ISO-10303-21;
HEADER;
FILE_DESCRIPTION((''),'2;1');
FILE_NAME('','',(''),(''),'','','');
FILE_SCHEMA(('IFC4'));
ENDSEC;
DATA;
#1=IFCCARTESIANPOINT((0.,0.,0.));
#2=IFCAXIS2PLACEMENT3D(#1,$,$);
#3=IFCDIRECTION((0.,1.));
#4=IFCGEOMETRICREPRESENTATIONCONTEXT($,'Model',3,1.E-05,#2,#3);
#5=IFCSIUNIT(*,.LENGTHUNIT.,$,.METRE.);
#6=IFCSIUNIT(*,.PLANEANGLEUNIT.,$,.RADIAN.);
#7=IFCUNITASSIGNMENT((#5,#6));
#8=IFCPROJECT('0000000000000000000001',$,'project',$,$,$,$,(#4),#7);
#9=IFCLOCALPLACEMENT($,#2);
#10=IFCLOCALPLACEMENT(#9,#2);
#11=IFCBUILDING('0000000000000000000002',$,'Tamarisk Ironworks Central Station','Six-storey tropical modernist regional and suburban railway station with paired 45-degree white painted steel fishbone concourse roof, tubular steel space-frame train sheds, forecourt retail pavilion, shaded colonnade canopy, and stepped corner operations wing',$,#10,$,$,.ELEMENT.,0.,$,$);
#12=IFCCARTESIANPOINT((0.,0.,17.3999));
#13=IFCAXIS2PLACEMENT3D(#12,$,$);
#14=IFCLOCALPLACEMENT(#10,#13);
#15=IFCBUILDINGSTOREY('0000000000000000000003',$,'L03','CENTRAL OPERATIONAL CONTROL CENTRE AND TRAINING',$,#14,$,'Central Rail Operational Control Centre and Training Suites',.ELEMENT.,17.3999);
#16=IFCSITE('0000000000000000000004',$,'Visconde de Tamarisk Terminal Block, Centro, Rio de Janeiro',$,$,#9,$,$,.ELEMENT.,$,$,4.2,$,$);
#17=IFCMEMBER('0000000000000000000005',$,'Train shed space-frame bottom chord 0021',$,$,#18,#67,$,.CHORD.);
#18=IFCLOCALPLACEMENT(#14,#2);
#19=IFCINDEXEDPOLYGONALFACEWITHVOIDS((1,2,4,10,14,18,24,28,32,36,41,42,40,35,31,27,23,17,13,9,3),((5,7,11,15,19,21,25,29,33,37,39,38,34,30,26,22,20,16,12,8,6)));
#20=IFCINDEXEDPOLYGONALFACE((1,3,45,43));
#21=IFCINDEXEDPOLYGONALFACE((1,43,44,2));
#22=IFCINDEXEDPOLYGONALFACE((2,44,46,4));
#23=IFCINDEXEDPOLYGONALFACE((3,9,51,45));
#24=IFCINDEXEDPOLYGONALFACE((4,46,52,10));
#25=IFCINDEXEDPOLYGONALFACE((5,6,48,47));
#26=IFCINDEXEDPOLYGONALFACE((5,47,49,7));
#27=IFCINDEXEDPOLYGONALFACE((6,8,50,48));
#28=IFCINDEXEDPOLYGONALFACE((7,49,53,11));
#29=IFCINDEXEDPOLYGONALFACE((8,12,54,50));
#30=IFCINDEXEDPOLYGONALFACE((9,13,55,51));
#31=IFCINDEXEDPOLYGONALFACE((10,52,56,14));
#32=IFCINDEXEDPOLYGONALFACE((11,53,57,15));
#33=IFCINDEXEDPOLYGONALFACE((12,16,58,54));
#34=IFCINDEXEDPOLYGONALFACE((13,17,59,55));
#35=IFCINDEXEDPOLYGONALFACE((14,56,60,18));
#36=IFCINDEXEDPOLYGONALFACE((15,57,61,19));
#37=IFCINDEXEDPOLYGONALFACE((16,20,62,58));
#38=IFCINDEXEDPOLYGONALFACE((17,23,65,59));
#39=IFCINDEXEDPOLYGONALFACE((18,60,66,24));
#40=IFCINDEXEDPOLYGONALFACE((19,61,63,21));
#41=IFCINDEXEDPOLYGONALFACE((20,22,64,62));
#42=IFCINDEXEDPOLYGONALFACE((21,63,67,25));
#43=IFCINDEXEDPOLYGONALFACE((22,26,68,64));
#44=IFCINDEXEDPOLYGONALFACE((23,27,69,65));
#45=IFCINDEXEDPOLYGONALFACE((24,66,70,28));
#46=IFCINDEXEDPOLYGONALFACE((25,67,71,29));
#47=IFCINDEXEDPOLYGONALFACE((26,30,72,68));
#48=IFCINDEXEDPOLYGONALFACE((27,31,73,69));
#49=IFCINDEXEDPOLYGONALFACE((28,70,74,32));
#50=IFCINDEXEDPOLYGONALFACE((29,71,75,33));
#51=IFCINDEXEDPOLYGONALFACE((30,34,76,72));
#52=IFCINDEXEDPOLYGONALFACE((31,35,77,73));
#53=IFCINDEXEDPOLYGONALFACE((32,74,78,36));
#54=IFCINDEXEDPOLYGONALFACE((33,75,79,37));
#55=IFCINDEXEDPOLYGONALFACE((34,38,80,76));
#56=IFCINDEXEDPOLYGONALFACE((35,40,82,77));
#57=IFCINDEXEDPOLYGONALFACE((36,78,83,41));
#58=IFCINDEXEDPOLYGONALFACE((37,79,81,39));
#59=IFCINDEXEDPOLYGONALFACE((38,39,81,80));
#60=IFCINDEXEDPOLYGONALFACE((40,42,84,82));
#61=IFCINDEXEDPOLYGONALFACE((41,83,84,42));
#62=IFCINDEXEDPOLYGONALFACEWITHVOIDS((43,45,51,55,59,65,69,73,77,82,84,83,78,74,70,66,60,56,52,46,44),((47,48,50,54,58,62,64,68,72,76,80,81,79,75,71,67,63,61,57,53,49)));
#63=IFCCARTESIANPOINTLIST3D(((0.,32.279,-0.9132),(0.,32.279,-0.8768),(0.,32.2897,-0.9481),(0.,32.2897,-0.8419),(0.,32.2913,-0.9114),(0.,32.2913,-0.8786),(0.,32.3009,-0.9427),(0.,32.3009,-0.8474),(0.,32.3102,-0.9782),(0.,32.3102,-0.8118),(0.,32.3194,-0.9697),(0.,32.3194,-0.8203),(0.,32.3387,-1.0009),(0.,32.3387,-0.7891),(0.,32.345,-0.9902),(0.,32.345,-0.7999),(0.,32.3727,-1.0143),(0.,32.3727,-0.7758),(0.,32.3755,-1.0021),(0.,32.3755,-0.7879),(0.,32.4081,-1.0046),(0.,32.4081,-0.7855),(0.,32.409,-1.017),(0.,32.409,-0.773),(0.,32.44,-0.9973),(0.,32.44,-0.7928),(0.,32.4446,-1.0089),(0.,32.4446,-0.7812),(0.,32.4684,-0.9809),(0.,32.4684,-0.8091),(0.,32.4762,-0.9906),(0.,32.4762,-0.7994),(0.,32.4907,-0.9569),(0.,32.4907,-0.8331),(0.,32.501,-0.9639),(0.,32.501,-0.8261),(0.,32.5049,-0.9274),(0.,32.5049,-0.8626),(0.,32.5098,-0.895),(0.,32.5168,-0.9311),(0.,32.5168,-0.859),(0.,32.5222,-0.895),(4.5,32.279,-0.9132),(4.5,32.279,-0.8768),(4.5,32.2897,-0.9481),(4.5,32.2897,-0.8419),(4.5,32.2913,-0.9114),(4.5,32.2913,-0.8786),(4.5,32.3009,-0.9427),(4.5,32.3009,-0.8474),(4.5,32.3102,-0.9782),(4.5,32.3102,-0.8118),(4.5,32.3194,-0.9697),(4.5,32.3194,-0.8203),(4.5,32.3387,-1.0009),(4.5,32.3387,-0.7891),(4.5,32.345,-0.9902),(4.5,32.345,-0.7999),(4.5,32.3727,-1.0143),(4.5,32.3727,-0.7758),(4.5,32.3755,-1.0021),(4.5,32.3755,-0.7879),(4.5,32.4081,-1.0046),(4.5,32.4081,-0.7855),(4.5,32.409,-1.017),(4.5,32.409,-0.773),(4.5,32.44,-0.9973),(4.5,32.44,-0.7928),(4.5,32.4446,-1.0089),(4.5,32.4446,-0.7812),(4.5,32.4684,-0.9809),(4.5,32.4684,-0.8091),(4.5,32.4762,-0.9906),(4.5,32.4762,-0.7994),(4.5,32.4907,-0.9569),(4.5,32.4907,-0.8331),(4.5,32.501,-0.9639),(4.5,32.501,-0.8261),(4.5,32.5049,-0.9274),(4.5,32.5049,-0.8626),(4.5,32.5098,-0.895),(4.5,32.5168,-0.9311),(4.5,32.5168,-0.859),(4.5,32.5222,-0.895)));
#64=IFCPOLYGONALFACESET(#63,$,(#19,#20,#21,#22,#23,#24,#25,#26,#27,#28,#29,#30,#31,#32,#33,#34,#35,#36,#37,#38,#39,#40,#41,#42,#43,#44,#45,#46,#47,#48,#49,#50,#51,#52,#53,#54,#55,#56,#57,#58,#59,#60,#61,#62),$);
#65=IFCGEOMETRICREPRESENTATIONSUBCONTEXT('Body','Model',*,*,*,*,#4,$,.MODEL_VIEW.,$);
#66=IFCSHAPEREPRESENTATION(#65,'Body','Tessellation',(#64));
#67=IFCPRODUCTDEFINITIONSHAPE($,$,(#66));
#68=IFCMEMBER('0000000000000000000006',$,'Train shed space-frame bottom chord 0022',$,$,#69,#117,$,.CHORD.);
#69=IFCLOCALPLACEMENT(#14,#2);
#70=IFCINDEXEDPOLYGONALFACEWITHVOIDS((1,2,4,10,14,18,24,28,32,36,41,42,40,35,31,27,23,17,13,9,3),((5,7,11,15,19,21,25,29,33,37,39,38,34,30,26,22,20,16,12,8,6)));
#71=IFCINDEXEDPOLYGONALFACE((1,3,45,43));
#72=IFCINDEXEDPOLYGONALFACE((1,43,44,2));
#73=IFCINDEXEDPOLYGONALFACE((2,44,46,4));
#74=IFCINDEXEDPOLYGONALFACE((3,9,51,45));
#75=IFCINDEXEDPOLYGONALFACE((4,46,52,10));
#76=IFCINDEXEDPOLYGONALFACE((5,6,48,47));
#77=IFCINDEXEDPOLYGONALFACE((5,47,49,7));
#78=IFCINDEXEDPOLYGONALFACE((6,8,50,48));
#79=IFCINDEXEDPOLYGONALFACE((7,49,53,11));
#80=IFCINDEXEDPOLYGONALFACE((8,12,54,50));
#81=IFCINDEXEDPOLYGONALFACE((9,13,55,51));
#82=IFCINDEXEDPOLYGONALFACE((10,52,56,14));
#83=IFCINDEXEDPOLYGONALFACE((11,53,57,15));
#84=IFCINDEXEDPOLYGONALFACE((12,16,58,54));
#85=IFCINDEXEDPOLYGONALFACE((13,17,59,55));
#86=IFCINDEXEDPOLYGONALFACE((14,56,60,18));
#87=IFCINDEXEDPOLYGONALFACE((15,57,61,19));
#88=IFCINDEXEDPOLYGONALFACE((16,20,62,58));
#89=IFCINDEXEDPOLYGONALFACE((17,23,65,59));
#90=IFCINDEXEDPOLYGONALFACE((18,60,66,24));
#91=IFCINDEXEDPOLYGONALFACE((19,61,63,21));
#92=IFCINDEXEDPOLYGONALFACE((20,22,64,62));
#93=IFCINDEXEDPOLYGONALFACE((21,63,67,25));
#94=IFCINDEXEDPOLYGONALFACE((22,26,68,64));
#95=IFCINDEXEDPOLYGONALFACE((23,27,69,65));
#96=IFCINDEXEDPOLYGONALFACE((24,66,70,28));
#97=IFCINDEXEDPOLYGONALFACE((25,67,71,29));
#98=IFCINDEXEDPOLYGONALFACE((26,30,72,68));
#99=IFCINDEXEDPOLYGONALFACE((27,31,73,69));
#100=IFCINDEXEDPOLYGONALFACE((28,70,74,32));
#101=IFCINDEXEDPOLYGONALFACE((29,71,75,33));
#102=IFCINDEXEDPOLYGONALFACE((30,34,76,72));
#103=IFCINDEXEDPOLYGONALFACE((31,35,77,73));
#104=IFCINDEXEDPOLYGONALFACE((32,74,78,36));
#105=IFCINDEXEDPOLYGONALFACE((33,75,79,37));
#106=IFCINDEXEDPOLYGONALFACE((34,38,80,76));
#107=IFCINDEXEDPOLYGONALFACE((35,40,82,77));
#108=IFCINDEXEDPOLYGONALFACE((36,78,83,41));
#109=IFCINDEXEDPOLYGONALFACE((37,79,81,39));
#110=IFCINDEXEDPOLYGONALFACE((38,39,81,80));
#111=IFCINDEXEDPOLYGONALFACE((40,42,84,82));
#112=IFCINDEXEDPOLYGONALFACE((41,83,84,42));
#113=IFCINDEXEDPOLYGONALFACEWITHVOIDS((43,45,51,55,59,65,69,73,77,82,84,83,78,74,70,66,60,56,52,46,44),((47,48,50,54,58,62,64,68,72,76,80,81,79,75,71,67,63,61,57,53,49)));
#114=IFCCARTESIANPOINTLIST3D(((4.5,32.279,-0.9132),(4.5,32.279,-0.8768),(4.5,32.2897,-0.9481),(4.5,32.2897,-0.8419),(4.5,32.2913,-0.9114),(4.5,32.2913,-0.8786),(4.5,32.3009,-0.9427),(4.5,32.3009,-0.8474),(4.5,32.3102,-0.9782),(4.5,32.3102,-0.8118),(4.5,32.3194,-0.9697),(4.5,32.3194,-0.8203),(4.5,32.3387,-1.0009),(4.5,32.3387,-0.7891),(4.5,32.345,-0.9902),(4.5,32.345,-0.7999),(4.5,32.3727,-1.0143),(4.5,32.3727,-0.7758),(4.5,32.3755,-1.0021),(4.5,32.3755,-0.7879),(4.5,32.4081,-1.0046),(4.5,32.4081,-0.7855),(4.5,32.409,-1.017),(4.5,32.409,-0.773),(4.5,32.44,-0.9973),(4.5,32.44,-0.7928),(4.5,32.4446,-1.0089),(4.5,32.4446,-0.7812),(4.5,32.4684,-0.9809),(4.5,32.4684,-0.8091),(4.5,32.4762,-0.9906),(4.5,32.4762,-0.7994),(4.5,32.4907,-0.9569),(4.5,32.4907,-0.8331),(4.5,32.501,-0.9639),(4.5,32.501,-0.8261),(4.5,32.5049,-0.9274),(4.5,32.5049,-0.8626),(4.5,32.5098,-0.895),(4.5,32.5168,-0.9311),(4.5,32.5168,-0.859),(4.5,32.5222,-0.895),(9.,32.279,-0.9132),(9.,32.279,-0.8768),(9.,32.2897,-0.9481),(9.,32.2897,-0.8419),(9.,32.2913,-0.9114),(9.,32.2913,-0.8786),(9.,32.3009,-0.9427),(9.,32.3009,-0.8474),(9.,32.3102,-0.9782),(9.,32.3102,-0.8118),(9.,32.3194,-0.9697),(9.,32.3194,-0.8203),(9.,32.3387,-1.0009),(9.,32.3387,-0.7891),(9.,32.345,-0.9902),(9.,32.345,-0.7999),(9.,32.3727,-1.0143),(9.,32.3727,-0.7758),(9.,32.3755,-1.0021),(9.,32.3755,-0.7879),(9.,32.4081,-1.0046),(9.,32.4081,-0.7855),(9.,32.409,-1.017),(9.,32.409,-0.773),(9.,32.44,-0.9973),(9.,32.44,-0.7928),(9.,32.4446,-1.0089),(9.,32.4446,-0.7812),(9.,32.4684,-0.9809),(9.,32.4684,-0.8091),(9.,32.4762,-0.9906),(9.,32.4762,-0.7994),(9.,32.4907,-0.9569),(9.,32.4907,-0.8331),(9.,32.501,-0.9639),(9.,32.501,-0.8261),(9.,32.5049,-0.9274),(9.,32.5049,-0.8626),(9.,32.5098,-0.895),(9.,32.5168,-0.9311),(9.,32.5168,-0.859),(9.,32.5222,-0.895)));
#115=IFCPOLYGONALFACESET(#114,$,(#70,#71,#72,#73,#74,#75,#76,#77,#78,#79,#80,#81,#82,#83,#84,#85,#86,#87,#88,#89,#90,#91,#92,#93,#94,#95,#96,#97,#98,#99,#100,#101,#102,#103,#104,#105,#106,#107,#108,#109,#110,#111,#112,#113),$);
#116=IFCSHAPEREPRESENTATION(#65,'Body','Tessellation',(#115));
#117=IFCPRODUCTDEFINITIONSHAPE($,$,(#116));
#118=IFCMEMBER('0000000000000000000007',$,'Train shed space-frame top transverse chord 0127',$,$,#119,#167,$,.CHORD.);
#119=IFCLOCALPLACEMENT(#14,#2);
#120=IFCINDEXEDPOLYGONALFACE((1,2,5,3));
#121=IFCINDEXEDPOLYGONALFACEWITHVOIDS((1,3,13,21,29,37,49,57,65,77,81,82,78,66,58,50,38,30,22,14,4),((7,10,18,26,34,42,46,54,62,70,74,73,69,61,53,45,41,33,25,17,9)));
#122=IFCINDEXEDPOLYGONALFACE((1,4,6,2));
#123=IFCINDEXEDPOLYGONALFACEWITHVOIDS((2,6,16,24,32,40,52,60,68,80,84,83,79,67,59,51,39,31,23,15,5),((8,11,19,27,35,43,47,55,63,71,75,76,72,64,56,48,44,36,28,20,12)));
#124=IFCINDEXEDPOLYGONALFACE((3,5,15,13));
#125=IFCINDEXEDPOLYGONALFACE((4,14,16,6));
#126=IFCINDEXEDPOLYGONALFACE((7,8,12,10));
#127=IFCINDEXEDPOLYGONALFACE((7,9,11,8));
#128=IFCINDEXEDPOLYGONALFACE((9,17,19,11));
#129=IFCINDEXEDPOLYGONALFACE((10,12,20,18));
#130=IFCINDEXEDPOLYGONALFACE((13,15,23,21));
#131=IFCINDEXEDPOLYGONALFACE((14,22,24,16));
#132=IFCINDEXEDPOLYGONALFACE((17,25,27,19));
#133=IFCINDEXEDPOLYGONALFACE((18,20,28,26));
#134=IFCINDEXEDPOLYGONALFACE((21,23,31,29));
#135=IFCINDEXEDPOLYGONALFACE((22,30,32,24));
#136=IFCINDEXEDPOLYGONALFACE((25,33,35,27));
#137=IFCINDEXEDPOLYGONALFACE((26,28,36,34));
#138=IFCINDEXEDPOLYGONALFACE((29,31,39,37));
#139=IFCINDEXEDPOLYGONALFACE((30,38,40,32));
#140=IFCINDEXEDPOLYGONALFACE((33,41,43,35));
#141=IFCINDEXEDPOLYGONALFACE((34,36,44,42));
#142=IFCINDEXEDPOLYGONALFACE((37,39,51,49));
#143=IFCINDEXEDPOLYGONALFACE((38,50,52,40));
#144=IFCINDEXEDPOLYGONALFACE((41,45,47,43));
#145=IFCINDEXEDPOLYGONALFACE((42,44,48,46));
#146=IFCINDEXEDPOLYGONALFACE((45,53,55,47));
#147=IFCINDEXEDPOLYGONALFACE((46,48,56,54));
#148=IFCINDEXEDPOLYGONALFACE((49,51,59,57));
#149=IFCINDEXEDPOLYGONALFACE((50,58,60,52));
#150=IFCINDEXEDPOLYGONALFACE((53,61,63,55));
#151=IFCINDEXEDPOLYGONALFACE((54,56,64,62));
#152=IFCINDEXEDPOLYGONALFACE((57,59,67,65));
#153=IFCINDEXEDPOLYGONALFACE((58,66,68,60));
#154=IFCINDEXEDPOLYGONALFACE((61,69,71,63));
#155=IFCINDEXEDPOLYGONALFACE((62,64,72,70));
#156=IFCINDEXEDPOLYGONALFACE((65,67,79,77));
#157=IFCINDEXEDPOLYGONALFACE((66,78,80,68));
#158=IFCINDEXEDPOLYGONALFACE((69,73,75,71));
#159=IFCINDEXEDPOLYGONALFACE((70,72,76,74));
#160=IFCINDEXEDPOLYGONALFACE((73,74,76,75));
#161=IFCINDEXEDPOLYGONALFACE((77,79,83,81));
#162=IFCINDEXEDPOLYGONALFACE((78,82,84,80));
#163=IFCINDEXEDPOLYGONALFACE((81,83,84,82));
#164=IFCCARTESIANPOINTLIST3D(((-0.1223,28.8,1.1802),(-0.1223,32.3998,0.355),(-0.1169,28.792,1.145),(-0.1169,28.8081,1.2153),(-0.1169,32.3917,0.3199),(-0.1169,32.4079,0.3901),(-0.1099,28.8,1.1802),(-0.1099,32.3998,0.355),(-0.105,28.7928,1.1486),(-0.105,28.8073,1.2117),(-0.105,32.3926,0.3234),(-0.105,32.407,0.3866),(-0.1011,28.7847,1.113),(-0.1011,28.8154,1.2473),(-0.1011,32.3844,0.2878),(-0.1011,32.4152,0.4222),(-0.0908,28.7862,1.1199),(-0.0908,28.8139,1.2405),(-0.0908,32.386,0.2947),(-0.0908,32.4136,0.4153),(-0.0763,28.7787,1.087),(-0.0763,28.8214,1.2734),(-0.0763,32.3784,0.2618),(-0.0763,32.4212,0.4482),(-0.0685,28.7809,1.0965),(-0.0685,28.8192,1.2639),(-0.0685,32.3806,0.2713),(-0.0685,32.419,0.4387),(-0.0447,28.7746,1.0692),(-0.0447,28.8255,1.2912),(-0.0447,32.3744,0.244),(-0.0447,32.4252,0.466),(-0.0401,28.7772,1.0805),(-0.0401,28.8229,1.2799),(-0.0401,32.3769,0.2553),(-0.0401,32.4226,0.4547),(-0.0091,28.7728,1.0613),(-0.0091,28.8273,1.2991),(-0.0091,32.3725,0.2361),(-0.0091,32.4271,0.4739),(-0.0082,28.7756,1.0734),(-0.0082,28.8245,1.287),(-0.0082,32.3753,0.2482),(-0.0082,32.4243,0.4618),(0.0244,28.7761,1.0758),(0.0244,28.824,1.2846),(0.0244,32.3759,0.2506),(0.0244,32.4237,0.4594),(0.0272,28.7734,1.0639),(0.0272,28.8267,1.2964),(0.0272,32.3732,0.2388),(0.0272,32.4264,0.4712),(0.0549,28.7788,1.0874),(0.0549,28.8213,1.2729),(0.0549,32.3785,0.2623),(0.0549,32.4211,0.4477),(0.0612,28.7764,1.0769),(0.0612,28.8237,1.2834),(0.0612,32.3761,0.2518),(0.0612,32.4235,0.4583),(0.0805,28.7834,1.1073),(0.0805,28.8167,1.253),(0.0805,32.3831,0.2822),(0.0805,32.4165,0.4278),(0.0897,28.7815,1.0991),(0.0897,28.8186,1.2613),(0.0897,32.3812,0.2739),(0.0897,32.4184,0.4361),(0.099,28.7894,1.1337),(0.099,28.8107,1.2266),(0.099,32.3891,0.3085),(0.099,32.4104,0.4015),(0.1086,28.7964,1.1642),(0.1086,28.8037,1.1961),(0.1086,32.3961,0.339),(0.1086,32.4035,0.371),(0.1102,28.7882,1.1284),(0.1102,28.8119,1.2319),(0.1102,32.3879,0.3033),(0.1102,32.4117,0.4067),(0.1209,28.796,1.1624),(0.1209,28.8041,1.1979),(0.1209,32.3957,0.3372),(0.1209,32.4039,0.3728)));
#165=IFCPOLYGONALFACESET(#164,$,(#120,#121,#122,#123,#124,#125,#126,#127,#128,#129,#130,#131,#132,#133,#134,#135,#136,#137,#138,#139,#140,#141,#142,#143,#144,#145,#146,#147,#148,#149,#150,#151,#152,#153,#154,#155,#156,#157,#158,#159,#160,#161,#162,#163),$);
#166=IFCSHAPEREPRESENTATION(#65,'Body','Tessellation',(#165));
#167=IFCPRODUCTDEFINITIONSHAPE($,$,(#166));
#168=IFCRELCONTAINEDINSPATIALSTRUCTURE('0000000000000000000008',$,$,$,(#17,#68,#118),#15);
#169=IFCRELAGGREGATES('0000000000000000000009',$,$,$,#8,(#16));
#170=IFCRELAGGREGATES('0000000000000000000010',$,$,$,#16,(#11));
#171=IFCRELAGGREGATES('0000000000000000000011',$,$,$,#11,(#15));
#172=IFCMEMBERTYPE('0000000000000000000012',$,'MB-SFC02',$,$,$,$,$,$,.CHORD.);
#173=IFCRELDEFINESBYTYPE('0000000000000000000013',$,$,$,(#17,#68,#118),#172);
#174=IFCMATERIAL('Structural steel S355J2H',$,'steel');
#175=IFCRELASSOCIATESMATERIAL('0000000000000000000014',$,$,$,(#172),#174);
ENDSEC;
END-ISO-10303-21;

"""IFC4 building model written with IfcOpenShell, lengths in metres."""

from ifc_helpers import new_model, si_unit, direction, frame, origin, origin_2d, place, context, subcontext, project, spatial, hollow_circle, extrude, material, material_profile, profile_set, type_object, element, save


model = new_model("IFC4")

# Units and contexts
model_context = context("Model", 3, precision=1e-05, world=origin(), true_north=direction((0.0, 1.0)))
body_context = subcontext(model_context, "Body", "Model", "MODEL_VIEW")
ifc_project = project(units=[si_unit("LENGTHUNIT", "METRE"), si_unit("PLANEANGLEUNIT", "RADIAN")], contexts=[model_context])

# Site, building, storey
site_placement = place(None, origin())
site = spatial("IfcSite", under=ifc_project, at=site_placement, Name="Visconde de Tamarisk Terminal Block, Centro, Rio de Janeiro", CompositionType="ELEMENT", RefElevation=4.2)
building_placement = place(site_placement, origin())
building = spatial("IfcBuilding", under=site, at=building_placement, Name="Tamarisk Ironworks Central Station", Description="Six-storey tropical modernist regional and suburban railway station with paired 45-degree white painted steel fishbone concourse roof, tubular steel space-frame train sheds, forecourt retail pavilion, shaded colonnade canopy, and stepped corner operations wing", CompositionType="ELEMENT", ElevationOfRefHeight=0.0)
storey_placement = place(building_placement, frame((0.0, 0.0, 17.3999)))
storey = spatial("IfcBuildingStorey", under=building, at=storey_placement, Name="L03", Description="CENTRAL OPERATIONAL CONTROL CENTRE AND TRAINING", LongName="Central Rail Operational Control Centre and Training Suites", CompositionType="ELEMENT", Elevation=17.3999)

# Members
ifc_material_1 = material(Name="Structural steel S355J2H", Category="steel")
ifc_material_profile_1 = material_profile(ifc_material_1, hollow_circle(Radius=0.1223, WallThickness=0.0125, at=origin_2d()), Name="CHS 244.5x12.5")
ifc_profile_set_1 = profile_set([ifc_material_profile_1], Name="Structural steel S355J2H")
member_type_1 = type_object("IfcMemberType", Name="MB-SFC02", PredefinedType="CHORD", material=ifc_profile_set_1)
for number, where, z_axis, x_axis, name in (
    (1, (0.0, 32.3999, -0.895), (1.0, 0.0, 0.0), (0.0, 1.0, 0.0), "Train shed space-frame bottom chord 0021"),
    (2, (4.5, 32.3999, -0.895), (1.0, 0.0, 0.0), (0.0, 1.0, 0.0), "Train shed space-frame bottom chord 0022"),
):
    element("IfcMember", number, at=place(storey_placement, frame(where, z_axis=z_axis, x_axis=x_axis)), inside=storey, type_object=member_type_1, Name=name, PredefinedType="CHORD", context=body_context, shape_type="SweptSolid", body=[
        extrude(hollow_circle(Radius=0.1223, WallThickness=0.0125, at=origin_2d()), origin(), (0.0, 0.0, 1.0), 4.5),
    ])
member_1_placement = place(storey_placement, frame((0.0, 28.8, 1.1802), z_axis=(0.0, 0.974719, -0.223435), x_axis=(-1.0, 0.0, 0.0)))
element("IfcMember", 3, at=member_1_placement, inside=storey, type_object=member_type_1, Name="Train shed space-frame top transverse chord 0127", PredefinedType="CHORD", context=body_context, shape_type="SweptSolid", body=[
    extrude(hollow_circle(Radius=0.1223, WallThickness=0.0125, at=origin_2d()), origin(), (0.0, 0.0, 1.0), 3.6931),
])

save(model, "model.ifc")
